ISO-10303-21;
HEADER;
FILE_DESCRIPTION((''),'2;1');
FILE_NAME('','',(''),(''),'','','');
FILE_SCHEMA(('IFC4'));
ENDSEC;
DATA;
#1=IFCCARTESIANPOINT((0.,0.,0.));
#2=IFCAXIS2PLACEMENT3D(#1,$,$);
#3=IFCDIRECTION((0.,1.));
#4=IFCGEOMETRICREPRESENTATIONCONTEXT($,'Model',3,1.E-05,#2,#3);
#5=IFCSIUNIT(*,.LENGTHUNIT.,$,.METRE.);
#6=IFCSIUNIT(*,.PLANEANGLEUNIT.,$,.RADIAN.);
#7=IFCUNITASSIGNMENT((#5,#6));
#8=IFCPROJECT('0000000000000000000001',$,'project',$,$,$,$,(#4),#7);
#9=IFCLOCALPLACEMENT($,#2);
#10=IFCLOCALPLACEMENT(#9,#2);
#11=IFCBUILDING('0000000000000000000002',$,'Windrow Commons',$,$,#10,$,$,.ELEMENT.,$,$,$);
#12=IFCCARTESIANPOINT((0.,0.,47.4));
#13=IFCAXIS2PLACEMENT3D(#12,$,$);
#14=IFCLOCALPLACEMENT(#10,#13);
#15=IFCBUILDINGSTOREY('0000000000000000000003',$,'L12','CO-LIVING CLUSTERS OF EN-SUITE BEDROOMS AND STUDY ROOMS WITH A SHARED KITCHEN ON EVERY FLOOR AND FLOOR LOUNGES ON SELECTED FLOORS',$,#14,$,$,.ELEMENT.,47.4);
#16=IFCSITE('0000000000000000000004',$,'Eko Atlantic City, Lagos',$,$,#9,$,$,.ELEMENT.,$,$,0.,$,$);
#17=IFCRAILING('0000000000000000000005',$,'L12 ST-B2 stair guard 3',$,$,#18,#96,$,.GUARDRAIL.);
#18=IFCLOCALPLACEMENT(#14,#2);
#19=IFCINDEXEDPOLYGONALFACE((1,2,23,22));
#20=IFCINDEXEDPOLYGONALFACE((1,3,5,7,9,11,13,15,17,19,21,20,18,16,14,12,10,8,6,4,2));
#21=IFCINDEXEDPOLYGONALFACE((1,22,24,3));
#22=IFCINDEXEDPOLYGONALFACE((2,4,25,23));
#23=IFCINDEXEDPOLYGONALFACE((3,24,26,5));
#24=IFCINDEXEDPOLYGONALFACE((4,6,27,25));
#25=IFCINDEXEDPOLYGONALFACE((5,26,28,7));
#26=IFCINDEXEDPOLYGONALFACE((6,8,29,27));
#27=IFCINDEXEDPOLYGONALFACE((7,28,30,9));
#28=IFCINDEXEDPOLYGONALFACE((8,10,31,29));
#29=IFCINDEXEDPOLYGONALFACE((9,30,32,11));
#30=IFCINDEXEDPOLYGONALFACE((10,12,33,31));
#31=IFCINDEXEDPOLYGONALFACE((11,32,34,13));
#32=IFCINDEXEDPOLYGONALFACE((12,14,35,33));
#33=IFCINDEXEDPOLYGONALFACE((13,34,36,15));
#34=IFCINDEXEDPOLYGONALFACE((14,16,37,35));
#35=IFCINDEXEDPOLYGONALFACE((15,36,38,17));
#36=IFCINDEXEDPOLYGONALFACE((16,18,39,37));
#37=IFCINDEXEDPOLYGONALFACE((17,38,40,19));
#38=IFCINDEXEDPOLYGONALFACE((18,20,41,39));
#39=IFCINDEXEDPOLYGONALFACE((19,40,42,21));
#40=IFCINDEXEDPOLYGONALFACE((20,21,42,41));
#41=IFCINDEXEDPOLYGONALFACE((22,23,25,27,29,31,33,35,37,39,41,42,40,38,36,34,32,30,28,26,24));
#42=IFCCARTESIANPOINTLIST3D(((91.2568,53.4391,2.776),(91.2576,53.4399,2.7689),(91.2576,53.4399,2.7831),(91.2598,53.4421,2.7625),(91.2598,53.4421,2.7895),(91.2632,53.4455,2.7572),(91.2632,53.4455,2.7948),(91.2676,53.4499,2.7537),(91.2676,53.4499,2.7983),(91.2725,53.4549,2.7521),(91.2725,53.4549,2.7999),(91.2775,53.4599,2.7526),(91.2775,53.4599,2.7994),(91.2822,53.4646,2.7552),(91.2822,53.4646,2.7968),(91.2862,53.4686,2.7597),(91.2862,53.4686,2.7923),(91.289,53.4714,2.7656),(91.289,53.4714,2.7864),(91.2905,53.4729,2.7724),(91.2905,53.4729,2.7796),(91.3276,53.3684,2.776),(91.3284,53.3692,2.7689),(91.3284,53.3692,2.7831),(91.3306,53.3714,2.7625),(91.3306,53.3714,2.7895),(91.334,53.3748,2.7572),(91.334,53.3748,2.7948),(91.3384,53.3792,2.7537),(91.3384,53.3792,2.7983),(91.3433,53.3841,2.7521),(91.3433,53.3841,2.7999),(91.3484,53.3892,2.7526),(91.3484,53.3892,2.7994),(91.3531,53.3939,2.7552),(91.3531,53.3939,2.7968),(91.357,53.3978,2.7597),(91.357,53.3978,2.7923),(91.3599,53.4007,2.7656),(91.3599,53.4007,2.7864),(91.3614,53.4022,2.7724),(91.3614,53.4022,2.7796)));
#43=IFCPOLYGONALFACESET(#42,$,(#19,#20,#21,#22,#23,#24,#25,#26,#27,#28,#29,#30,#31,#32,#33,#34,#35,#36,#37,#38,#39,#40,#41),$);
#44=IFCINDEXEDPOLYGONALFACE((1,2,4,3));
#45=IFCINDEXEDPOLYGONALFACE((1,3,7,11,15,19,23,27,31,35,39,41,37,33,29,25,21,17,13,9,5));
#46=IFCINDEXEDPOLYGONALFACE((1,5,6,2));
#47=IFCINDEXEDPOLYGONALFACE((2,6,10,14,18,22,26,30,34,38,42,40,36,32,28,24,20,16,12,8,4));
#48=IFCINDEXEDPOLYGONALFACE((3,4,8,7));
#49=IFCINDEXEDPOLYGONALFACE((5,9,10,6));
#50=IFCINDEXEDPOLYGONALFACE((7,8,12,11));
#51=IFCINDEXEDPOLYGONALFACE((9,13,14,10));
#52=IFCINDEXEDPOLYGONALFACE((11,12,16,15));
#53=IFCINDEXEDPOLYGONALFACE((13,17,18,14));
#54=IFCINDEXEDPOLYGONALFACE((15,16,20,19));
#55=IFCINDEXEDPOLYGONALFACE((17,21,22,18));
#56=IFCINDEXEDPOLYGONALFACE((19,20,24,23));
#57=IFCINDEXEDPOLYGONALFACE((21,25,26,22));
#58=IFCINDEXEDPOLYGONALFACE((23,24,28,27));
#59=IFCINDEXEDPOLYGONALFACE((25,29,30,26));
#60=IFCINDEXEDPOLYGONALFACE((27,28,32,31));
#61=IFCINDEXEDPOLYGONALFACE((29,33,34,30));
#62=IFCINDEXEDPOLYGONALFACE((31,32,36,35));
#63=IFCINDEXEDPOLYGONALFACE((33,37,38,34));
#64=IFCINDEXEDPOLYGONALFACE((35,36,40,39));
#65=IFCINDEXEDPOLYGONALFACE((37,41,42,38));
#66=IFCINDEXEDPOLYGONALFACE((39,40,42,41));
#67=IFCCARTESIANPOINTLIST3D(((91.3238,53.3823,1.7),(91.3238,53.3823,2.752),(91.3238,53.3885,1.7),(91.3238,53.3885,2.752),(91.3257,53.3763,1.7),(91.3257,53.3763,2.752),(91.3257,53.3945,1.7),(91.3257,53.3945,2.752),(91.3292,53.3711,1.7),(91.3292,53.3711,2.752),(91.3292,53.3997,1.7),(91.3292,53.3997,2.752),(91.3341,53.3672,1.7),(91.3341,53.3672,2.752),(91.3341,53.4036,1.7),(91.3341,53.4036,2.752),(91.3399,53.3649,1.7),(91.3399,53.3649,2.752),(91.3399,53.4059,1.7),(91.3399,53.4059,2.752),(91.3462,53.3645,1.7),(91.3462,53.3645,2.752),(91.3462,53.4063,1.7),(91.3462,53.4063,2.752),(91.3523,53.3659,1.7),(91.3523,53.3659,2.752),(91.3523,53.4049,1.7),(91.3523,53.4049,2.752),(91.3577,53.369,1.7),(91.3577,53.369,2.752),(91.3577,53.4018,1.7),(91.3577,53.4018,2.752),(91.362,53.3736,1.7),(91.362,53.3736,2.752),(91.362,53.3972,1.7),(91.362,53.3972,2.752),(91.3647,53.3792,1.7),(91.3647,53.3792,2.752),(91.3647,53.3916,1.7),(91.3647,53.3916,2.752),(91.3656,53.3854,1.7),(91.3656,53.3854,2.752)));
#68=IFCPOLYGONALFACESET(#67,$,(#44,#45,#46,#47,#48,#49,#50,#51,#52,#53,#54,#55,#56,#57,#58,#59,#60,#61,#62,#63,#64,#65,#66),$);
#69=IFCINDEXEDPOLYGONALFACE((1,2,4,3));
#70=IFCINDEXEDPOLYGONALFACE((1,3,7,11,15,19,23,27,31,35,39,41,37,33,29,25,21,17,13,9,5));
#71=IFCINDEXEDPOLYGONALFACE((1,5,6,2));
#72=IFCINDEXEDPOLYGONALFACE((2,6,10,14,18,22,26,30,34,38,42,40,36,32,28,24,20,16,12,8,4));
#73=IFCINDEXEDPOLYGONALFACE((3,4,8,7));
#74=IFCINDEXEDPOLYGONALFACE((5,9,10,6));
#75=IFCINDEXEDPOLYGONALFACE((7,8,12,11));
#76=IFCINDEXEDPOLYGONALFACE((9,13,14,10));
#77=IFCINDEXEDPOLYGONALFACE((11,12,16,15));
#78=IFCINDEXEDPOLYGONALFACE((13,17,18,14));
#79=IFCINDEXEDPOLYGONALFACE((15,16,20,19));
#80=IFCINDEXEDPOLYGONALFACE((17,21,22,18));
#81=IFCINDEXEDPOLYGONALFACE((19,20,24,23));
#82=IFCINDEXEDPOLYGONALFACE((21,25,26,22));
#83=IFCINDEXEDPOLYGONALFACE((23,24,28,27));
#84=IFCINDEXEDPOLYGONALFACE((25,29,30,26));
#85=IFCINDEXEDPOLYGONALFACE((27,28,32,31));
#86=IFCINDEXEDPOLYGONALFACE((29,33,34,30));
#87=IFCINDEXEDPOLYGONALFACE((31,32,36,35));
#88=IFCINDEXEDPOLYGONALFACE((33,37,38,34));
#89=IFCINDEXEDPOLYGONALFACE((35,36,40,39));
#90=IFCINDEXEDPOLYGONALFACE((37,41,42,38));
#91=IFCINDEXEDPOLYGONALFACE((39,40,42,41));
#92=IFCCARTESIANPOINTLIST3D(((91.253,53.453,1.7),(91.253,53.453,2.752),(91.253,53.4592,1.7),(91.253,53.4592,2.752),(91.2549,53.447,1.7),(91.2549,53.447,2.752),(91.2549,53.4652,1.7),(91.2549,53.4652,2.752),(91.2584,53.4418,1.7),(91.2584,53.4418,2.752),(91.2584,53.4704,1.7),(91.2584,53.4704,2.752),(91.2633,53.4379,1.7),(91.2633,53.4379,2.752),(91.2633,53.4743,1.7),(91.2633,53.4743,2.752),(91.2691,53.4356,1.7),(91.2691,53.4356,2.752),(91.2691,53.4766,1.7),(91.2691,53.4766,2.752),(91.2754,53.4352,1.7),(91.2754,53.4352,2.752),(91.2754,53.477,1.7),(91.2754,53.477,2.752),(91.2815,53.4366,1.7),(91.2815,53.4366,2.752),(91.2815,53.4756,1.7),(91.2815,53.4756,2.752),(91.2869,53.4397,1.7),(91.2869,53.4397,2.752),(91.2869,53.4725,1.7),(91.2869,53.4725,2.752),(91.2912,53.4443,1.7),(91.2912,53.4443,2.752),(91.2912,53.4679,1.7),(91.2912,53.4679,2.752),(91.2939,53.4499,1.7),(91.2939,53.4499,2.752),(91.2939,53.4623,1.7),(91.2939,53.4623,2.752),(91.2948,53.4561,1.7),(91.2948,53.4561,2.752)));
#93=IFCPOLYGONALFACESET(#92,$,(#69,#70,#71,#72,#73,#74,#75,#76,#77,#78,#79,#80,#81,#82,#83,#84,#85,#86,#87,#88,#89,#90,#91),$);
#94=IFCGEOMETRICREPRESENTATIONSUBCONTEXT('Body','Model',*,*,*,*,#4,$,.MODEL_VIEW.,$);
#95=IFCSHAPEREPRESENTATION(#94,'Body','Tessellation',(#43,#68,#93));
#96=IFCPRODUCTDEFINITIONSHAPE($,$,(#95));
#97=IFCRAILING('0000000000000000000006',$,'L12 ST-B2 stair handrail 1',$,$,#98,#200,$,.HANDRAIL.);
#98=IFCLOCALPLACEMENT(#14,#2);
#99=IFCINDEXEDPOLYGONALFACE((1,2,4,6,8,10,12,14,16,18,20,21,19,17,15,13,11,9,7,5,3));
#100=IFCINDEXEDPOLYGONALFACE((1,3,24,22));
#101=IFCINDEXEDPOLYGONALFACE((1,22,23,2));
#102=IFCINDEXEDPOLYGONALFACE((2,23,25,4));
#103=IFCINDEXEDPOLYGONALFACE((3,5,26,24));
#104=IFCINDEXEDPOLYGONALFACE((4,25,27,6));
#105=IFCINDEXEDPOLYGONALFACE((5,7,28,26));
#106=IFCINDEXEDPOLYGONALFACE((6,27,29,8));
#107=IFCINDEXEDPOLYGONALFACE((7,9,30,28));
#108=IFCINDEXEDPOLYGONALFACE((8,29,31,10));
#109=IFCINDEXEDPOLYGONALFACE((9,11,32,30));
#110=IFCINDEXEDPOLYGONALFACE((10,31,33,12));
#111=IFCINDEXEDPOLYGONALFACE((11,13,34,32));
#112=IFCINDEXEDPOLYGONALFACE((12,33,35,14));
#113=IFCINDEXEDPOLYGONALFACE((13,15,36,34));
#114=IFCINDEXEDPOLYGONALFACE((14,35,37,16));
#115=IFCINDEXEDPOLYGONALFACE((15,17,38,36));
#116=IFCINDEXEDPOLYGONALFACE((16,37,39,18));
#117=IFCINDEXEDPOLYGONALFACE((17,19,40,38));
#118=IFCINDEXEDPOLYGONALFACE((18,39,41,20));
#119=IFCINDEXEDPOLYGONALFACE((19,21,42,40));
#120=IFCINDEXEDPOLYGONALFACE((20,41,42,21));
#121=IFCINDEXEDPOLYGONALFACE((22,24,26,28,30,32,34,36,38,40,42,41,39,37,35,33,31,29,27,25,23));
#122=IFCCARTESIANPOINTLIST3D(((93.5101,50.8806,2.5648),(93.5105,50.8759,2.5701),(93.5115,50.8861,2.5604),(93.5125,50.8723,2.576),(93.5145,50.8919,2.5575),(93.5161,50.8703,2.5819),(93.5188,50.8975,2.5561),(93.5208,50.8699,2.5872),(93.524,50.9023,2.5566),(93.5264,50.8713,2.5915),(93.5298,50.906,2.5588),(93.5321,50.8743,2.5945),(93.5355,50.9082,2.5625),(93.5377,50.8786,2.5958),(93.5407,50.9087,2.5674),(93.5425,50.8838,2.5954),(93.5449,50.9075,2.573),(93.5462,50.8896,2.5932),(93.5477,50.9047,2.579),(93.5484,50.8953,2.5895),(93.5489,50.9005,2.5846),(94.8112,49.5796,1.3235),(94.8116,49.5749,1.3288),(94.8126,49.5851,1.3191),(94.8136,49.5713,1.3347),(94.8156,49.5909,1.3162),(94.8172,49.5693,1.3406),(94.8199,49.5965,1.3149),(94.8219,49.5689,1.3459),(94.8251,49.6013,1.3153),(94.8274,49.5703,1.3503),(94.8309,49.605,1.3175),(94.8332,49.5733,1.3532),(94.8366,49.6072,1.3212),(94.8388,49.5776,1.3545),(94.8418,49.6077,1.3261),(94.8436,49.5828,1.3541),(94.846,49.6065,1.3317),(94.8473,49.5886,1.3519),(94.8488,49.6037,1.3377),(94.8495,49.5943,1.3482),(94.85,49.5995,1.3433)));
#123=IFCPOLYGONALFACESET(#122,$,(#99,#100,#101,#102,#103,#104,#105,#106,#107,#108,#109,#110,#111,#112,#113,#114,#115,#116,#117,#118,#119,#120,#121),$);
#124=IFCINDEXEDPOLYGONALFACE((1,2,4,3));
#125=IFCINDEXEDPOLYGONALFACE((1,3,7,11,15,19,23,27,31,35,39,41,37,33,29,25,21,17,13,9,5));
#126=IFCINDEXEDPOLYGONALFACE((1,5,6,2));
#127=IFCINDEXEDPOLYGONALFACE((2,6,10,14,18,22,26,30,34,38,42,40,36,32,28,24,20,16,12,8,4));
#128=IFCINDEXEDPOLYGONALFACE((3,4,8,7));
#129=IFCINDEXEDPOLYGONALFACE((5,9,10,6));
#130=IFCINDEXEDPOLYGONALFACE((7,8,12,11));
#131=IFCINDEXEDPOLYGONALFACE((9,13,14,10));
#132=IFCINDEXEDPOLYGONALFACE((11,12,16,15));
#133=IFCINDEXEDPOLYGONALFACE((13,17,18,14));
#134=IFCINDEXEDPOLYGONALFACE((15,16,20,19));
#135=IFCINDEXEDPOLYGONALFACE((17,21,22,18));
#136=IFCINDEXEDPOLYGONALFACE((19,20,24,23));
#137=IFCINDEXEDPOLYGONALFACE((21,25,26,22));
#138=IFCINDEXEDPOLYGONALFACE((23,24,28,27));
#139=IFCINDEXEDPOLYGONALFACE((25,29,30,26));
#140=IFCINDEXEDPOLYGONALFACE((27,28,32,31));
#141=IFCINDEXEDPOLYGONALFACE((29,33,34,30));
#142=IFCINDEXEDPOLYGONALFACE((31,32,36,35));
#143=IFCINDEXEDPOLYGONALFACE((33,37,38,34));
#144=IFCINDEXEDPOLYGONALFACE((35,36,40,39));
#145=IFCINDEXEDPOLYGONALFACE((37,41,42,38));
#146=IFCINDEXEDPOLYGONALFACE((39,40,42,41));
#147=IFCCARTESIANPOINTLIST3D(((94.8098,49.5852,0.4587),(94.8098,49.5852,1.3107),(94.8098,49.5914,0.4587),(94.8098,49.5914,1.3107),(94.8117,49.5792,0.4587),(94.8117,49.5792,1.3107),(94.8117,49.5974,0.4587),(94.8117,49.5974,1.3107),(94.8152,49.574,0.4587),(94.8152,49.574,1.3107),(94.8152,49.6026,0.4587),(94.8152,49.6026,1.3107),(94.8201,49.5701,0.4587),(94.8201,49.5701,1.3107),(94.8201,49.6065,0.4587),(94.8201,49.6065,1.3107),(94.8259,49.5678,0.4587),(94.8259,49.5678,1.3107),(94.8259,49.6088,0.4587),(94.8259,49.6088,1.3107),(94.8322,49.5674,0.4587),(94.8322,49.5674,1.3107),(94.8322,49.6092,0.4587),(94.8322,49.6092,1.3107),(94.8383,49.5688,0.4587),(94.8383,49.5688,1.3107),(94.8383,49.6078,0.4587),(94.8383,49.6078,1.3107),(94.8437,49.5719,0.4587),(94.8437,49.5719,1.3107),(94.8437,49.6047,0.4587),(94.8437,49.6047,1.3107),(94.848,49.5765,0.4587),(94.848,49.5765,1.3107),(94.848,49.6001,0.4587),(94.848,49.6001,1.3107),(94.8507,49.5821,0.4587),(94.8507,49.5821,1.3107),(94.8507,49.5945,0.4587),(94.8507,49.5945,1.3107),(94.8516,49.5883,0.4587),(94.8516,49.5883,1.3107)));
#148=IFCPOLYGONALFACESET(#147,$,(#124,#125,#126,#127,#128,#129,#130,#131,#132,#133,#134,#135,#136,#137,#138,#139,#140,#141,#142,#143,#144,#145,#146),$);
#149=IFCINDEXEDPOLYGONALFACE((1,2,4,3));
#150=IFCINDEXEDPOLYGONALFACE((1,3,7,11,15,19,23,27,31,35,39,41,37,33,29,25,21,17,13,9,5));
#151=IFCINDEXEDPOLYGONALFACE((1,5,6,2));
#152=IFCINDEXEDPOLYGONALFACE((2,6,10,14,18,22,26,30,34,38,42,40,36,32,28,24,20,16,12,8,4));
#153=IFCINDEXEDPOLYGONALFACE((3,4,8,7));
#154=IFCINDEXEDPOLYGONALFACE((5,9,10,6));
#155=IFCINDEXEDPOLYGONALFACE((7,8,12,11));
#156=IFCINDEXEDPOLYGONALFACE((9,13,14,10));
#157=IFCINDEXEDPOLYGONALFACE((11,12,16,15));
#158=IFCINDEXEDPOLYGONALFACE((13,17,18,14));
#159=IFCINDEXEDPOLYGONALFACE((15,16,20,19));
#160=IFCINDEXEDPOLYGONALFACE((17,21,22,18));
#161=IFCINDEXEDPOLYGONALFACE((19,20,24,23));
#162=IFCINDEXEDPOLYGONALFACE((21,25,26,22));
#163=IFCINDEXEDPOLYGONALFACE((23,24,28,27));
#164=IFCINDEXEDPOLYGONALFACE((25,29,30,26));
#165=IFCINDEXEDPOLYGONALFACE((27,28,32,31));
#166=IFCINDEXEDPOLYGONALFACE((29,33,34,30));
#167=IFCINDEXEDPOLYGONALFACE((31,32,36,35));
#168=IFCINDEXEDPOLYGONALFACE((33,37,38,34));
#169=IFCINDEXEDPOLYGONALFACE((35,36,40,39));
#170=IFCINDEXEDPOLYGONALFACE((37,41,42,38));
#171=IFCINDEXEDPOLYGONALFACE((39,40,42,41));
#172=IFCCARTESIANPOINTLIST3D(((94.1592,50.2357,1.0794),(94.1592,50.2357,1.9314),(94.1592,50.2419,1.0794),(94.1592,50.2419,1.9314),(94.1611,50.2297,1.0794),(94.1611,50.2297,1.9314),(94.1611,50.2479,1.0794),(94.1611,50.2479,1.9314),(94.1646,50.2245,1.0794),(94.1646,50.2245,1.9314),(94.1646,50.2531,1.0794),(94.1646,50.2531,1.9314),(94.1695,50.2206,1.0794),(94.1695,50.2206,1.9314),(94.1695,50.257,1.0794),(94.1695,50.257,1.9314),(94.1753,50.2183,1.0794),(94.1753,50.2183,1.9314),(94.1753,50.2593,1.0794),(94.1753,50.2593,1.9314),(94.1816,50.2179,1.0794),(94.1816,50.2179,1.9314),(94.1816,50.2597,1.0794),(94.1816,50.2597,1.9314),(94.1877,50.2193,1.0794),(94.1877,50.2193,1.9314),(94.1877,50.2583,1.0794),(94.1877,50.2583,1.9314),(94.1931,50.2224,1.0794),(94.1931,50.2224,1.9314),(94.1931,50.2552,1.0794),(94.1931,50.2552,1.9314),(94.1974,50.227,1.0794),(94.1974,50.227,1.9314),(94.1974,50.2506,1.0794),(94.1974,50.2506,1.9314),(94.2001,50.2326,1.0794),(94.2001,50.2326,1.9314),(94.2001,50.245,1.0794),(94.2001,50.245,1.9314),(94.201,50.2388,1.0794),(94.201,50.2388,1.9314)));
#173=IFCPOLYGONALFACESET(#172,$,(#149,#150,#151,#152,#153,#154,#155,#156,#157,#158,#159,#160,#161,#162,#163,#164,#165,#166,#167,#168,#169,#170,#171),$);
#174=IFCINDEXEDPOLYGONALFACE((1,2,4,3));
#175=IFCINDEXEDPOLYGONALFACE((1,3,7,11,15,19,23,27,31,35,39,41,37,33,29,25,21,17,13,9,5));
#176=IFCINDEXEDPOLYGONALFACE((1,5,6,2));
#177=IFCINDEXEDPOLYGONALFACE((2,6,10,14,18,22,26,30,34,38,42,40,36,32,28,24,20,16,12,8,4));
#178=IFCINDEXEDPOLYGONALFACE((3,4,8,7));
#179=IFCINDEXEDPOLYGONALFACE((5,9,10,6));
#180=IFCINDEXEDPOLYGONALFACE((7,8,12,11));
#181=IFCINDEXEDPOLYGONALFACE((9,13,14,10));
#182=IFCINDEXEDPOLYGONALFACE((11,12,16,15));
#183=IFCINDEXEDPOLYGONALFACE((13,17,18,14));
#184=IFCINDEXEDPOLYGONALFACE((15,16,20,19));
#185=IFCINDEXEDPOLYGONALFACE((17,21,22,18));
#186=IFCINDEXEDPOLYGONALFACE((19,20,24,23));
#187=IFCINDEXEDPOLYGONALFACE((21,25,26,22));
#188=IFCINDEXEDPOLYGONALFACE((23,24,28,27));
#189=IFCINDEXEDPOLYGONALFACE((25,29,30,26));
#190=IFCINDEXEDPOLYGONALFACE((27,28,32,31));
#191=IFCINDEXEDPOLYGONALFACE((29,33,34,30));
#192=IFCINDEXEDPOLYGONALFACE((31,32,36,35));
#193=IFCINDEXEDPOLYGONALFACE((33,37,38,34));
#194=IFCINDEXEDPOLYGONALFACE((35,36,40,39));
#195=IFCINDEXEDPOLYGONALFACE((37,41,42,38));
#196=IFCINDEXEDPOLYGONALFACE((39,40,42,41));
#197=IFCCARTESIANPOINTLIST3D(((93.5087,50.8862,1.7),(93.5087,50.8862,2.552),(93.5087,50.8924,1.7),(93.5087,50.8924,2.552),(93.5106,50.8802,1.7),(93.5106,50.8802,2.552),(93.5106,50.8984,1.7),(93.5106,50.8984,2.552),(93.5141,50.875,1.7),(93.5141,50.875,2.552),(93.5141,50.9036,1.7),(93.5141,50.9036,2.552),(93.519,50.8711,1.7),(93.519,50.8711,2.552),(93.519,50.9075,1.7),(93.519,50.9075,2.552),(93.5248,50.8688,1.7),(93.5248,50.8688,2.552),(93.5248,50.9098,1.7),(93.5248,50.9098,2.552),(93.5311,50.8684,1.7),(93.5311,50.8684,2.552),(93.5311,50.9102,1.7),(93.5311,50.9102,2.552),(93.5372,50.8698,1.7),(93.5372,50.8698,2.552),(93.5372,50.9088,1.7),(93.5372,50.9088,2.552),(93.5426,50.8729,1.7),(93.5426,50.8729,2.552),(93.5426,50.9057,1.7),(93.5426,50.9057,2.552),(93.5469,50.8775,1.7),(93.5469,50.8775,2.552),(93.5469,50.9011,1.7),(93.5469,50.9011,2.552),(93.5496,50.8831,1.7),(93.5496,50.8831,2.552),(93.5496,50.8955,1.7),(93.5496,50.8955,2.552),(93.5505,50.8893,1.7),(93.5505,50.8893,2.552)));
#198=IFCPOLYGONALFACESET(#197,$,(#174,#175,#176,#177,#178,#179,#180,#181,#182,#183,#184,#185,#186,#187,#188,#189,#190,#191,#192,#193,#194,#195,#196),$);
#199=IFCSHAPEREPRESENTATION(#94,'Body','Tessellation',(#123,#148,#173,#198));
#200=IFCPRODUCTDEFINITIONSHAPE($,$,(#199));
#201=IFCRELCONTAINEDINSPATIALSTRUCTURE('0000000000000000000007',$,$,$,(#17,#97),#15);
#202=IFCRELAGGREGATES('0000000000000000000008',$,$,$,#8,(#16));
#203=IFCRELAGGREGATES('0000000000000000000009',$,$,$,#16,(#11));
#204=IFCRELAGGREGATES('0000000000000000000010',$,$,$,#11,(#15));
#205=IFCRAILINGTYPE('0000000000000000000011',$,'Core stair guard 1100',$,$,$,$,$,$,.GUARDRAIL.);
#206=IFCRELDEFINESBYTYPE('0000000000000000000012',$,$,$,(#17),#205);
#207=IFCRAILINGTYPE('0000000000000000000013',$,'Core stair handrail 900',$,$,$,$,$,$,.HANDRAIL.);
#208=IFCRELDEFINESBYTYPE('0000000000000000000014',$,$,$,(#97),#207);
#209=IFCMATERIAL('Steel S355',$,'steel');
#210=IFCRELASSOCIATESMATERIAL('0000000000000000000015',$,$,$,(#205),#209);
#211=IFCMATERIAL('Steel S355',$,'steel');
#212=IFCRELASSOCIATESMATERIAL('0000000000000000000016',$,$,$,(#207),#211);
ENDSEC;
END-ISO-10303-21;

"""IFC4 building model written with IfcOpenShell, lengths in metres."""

from ifc_helpers import new_model, si_unit, direction, frame, origin, origin_2d, place, context, subcontext, project, spatial, circle, extrude, material, type_object, element, save


model = new_model("IFC4")

# Units and contexts
model_context = context("Model", 3, precision=1e-05, world=origin(), true_north=direction((0.0, 1.0)))
body_context = subcontext(model_context, "Body", "Model", "MODEL_VIEW")
ifc_project = project(units=[si_unit("LENGTHUNIT", "METRE"), si_unit("PLANEANGLEUNIT", "RADIAN")], contexts=[model_context])

# Site, building, storey
site_placement = place(None, origin())
site = spatial("IfcSite", under=ifc_project, at=site_placement, Name="Eko Atlantic City, Lagos", CompositionType="ELEMENT", RefElevation=0.0)
building_placement = place(site_placement, origin())
building = spatial("IfcBuilding", under=site, at=building_placement, Name="Windrow Commons", CompositionType="ELEMENT")
storey_placement = place(building_placement, frame((0.0, 0.0, 47.4)))
storey = spatial("IfcBuildingStorey", under=building, at=storey_placement, Name="L12", Description="CO-LIVING CLUSTERS OF EN-SUITE BEDROOMS AND STUDY ROOMS WITH A SHARED KITCHEN ON EVERY FLOOR AND FLOOR LOUNGES ON SELECTED FLOORS", CompositionType="ELEMENT", Elevation=47.4)

# Railings
ifc_material_1 = material(Name="Steel S355", Category="steel")
railing_type_1 = type_object("IfcRailingType", Name="Core stair guard 1100", PredefinedType="GUARDRAIL", material=ifc_material_1)
railing_1_placement = place(storey_placement, frame((91.3446, 53.3854, 1.7)))
element("IfcRailing", 1, at=railing_1_placement, inside=storey, type_object=railing_type_1, Name="L12 ST-B2 stair guard 3", PredefinedType="GUARDRAIL", context=body_context, shape_type="SweptSolid", body=[
    extrude(circle(Radius=0.024, at=origin_2d()), frame((0.0, 0.0, 1.076), z_axis=(-0.707606, 0.706607, 0.0), x_axis=(-0.706607, -0.707606, 0.0)), (0.0, 0.0, 1.0), 0.1001),
    extrude(circle(Radius=0.021, at=origin_2d()), origin(), (0.0, 0.0, 1.0), 1.052),
    extrude(circle(Radius=0.021, at=origin_2d()), frame((-0.0708, 0.0707, 0.0)), (0.0, 0.0, 1.0), 1.052),
])
ifc_material_2 = material(Name="Steel S355", Category="steel")
railing_type_2 = type_object("IfcRailingType", Name="Core stair handrail 900", PredefinedType="HANDRAIL", material=ifc_material_2)
railing_2_placement = place(storey_placement, frame((94.8306, 49.5883, 0.4587)))
element("IfcRailing", 2, at=railing_2_placement, inside=storey, type_object=railing_type_2, Name="L12 ST-B2 stair handrail 1", PredefinedType="HANDRAIL", context=body_context, shape_type="SweptSolid", body=[
    extrude(circle(Radius=0.024, at=origin_2d()), frame((0.0, 0.0, 0.876), z_axis=(-0.586207, 0.586162, 0.559264), x_axis=(-0.70708, -0.707134, 0.0)), (0.0, 0.0, 1.0), 2.2195),
    extrude(circle(Radius=0.021, at=origin_2d()), origin(), (0.0, 0.0, 1.0), 0.852),
    extrude(circle(Radius=0.021, at=origin_2d()), frame((-0.6506, 0.6505, 0.6207)), (0.0, 0.0, 1.0), 0.852),
    extrude(circle(Radius=0.021, at=origin_2d()), frame((-1.3011, 1.301, 1.2413)), (0.0, 0.0, 1.0), 0.852),
])

save(model, "model.ifc")
